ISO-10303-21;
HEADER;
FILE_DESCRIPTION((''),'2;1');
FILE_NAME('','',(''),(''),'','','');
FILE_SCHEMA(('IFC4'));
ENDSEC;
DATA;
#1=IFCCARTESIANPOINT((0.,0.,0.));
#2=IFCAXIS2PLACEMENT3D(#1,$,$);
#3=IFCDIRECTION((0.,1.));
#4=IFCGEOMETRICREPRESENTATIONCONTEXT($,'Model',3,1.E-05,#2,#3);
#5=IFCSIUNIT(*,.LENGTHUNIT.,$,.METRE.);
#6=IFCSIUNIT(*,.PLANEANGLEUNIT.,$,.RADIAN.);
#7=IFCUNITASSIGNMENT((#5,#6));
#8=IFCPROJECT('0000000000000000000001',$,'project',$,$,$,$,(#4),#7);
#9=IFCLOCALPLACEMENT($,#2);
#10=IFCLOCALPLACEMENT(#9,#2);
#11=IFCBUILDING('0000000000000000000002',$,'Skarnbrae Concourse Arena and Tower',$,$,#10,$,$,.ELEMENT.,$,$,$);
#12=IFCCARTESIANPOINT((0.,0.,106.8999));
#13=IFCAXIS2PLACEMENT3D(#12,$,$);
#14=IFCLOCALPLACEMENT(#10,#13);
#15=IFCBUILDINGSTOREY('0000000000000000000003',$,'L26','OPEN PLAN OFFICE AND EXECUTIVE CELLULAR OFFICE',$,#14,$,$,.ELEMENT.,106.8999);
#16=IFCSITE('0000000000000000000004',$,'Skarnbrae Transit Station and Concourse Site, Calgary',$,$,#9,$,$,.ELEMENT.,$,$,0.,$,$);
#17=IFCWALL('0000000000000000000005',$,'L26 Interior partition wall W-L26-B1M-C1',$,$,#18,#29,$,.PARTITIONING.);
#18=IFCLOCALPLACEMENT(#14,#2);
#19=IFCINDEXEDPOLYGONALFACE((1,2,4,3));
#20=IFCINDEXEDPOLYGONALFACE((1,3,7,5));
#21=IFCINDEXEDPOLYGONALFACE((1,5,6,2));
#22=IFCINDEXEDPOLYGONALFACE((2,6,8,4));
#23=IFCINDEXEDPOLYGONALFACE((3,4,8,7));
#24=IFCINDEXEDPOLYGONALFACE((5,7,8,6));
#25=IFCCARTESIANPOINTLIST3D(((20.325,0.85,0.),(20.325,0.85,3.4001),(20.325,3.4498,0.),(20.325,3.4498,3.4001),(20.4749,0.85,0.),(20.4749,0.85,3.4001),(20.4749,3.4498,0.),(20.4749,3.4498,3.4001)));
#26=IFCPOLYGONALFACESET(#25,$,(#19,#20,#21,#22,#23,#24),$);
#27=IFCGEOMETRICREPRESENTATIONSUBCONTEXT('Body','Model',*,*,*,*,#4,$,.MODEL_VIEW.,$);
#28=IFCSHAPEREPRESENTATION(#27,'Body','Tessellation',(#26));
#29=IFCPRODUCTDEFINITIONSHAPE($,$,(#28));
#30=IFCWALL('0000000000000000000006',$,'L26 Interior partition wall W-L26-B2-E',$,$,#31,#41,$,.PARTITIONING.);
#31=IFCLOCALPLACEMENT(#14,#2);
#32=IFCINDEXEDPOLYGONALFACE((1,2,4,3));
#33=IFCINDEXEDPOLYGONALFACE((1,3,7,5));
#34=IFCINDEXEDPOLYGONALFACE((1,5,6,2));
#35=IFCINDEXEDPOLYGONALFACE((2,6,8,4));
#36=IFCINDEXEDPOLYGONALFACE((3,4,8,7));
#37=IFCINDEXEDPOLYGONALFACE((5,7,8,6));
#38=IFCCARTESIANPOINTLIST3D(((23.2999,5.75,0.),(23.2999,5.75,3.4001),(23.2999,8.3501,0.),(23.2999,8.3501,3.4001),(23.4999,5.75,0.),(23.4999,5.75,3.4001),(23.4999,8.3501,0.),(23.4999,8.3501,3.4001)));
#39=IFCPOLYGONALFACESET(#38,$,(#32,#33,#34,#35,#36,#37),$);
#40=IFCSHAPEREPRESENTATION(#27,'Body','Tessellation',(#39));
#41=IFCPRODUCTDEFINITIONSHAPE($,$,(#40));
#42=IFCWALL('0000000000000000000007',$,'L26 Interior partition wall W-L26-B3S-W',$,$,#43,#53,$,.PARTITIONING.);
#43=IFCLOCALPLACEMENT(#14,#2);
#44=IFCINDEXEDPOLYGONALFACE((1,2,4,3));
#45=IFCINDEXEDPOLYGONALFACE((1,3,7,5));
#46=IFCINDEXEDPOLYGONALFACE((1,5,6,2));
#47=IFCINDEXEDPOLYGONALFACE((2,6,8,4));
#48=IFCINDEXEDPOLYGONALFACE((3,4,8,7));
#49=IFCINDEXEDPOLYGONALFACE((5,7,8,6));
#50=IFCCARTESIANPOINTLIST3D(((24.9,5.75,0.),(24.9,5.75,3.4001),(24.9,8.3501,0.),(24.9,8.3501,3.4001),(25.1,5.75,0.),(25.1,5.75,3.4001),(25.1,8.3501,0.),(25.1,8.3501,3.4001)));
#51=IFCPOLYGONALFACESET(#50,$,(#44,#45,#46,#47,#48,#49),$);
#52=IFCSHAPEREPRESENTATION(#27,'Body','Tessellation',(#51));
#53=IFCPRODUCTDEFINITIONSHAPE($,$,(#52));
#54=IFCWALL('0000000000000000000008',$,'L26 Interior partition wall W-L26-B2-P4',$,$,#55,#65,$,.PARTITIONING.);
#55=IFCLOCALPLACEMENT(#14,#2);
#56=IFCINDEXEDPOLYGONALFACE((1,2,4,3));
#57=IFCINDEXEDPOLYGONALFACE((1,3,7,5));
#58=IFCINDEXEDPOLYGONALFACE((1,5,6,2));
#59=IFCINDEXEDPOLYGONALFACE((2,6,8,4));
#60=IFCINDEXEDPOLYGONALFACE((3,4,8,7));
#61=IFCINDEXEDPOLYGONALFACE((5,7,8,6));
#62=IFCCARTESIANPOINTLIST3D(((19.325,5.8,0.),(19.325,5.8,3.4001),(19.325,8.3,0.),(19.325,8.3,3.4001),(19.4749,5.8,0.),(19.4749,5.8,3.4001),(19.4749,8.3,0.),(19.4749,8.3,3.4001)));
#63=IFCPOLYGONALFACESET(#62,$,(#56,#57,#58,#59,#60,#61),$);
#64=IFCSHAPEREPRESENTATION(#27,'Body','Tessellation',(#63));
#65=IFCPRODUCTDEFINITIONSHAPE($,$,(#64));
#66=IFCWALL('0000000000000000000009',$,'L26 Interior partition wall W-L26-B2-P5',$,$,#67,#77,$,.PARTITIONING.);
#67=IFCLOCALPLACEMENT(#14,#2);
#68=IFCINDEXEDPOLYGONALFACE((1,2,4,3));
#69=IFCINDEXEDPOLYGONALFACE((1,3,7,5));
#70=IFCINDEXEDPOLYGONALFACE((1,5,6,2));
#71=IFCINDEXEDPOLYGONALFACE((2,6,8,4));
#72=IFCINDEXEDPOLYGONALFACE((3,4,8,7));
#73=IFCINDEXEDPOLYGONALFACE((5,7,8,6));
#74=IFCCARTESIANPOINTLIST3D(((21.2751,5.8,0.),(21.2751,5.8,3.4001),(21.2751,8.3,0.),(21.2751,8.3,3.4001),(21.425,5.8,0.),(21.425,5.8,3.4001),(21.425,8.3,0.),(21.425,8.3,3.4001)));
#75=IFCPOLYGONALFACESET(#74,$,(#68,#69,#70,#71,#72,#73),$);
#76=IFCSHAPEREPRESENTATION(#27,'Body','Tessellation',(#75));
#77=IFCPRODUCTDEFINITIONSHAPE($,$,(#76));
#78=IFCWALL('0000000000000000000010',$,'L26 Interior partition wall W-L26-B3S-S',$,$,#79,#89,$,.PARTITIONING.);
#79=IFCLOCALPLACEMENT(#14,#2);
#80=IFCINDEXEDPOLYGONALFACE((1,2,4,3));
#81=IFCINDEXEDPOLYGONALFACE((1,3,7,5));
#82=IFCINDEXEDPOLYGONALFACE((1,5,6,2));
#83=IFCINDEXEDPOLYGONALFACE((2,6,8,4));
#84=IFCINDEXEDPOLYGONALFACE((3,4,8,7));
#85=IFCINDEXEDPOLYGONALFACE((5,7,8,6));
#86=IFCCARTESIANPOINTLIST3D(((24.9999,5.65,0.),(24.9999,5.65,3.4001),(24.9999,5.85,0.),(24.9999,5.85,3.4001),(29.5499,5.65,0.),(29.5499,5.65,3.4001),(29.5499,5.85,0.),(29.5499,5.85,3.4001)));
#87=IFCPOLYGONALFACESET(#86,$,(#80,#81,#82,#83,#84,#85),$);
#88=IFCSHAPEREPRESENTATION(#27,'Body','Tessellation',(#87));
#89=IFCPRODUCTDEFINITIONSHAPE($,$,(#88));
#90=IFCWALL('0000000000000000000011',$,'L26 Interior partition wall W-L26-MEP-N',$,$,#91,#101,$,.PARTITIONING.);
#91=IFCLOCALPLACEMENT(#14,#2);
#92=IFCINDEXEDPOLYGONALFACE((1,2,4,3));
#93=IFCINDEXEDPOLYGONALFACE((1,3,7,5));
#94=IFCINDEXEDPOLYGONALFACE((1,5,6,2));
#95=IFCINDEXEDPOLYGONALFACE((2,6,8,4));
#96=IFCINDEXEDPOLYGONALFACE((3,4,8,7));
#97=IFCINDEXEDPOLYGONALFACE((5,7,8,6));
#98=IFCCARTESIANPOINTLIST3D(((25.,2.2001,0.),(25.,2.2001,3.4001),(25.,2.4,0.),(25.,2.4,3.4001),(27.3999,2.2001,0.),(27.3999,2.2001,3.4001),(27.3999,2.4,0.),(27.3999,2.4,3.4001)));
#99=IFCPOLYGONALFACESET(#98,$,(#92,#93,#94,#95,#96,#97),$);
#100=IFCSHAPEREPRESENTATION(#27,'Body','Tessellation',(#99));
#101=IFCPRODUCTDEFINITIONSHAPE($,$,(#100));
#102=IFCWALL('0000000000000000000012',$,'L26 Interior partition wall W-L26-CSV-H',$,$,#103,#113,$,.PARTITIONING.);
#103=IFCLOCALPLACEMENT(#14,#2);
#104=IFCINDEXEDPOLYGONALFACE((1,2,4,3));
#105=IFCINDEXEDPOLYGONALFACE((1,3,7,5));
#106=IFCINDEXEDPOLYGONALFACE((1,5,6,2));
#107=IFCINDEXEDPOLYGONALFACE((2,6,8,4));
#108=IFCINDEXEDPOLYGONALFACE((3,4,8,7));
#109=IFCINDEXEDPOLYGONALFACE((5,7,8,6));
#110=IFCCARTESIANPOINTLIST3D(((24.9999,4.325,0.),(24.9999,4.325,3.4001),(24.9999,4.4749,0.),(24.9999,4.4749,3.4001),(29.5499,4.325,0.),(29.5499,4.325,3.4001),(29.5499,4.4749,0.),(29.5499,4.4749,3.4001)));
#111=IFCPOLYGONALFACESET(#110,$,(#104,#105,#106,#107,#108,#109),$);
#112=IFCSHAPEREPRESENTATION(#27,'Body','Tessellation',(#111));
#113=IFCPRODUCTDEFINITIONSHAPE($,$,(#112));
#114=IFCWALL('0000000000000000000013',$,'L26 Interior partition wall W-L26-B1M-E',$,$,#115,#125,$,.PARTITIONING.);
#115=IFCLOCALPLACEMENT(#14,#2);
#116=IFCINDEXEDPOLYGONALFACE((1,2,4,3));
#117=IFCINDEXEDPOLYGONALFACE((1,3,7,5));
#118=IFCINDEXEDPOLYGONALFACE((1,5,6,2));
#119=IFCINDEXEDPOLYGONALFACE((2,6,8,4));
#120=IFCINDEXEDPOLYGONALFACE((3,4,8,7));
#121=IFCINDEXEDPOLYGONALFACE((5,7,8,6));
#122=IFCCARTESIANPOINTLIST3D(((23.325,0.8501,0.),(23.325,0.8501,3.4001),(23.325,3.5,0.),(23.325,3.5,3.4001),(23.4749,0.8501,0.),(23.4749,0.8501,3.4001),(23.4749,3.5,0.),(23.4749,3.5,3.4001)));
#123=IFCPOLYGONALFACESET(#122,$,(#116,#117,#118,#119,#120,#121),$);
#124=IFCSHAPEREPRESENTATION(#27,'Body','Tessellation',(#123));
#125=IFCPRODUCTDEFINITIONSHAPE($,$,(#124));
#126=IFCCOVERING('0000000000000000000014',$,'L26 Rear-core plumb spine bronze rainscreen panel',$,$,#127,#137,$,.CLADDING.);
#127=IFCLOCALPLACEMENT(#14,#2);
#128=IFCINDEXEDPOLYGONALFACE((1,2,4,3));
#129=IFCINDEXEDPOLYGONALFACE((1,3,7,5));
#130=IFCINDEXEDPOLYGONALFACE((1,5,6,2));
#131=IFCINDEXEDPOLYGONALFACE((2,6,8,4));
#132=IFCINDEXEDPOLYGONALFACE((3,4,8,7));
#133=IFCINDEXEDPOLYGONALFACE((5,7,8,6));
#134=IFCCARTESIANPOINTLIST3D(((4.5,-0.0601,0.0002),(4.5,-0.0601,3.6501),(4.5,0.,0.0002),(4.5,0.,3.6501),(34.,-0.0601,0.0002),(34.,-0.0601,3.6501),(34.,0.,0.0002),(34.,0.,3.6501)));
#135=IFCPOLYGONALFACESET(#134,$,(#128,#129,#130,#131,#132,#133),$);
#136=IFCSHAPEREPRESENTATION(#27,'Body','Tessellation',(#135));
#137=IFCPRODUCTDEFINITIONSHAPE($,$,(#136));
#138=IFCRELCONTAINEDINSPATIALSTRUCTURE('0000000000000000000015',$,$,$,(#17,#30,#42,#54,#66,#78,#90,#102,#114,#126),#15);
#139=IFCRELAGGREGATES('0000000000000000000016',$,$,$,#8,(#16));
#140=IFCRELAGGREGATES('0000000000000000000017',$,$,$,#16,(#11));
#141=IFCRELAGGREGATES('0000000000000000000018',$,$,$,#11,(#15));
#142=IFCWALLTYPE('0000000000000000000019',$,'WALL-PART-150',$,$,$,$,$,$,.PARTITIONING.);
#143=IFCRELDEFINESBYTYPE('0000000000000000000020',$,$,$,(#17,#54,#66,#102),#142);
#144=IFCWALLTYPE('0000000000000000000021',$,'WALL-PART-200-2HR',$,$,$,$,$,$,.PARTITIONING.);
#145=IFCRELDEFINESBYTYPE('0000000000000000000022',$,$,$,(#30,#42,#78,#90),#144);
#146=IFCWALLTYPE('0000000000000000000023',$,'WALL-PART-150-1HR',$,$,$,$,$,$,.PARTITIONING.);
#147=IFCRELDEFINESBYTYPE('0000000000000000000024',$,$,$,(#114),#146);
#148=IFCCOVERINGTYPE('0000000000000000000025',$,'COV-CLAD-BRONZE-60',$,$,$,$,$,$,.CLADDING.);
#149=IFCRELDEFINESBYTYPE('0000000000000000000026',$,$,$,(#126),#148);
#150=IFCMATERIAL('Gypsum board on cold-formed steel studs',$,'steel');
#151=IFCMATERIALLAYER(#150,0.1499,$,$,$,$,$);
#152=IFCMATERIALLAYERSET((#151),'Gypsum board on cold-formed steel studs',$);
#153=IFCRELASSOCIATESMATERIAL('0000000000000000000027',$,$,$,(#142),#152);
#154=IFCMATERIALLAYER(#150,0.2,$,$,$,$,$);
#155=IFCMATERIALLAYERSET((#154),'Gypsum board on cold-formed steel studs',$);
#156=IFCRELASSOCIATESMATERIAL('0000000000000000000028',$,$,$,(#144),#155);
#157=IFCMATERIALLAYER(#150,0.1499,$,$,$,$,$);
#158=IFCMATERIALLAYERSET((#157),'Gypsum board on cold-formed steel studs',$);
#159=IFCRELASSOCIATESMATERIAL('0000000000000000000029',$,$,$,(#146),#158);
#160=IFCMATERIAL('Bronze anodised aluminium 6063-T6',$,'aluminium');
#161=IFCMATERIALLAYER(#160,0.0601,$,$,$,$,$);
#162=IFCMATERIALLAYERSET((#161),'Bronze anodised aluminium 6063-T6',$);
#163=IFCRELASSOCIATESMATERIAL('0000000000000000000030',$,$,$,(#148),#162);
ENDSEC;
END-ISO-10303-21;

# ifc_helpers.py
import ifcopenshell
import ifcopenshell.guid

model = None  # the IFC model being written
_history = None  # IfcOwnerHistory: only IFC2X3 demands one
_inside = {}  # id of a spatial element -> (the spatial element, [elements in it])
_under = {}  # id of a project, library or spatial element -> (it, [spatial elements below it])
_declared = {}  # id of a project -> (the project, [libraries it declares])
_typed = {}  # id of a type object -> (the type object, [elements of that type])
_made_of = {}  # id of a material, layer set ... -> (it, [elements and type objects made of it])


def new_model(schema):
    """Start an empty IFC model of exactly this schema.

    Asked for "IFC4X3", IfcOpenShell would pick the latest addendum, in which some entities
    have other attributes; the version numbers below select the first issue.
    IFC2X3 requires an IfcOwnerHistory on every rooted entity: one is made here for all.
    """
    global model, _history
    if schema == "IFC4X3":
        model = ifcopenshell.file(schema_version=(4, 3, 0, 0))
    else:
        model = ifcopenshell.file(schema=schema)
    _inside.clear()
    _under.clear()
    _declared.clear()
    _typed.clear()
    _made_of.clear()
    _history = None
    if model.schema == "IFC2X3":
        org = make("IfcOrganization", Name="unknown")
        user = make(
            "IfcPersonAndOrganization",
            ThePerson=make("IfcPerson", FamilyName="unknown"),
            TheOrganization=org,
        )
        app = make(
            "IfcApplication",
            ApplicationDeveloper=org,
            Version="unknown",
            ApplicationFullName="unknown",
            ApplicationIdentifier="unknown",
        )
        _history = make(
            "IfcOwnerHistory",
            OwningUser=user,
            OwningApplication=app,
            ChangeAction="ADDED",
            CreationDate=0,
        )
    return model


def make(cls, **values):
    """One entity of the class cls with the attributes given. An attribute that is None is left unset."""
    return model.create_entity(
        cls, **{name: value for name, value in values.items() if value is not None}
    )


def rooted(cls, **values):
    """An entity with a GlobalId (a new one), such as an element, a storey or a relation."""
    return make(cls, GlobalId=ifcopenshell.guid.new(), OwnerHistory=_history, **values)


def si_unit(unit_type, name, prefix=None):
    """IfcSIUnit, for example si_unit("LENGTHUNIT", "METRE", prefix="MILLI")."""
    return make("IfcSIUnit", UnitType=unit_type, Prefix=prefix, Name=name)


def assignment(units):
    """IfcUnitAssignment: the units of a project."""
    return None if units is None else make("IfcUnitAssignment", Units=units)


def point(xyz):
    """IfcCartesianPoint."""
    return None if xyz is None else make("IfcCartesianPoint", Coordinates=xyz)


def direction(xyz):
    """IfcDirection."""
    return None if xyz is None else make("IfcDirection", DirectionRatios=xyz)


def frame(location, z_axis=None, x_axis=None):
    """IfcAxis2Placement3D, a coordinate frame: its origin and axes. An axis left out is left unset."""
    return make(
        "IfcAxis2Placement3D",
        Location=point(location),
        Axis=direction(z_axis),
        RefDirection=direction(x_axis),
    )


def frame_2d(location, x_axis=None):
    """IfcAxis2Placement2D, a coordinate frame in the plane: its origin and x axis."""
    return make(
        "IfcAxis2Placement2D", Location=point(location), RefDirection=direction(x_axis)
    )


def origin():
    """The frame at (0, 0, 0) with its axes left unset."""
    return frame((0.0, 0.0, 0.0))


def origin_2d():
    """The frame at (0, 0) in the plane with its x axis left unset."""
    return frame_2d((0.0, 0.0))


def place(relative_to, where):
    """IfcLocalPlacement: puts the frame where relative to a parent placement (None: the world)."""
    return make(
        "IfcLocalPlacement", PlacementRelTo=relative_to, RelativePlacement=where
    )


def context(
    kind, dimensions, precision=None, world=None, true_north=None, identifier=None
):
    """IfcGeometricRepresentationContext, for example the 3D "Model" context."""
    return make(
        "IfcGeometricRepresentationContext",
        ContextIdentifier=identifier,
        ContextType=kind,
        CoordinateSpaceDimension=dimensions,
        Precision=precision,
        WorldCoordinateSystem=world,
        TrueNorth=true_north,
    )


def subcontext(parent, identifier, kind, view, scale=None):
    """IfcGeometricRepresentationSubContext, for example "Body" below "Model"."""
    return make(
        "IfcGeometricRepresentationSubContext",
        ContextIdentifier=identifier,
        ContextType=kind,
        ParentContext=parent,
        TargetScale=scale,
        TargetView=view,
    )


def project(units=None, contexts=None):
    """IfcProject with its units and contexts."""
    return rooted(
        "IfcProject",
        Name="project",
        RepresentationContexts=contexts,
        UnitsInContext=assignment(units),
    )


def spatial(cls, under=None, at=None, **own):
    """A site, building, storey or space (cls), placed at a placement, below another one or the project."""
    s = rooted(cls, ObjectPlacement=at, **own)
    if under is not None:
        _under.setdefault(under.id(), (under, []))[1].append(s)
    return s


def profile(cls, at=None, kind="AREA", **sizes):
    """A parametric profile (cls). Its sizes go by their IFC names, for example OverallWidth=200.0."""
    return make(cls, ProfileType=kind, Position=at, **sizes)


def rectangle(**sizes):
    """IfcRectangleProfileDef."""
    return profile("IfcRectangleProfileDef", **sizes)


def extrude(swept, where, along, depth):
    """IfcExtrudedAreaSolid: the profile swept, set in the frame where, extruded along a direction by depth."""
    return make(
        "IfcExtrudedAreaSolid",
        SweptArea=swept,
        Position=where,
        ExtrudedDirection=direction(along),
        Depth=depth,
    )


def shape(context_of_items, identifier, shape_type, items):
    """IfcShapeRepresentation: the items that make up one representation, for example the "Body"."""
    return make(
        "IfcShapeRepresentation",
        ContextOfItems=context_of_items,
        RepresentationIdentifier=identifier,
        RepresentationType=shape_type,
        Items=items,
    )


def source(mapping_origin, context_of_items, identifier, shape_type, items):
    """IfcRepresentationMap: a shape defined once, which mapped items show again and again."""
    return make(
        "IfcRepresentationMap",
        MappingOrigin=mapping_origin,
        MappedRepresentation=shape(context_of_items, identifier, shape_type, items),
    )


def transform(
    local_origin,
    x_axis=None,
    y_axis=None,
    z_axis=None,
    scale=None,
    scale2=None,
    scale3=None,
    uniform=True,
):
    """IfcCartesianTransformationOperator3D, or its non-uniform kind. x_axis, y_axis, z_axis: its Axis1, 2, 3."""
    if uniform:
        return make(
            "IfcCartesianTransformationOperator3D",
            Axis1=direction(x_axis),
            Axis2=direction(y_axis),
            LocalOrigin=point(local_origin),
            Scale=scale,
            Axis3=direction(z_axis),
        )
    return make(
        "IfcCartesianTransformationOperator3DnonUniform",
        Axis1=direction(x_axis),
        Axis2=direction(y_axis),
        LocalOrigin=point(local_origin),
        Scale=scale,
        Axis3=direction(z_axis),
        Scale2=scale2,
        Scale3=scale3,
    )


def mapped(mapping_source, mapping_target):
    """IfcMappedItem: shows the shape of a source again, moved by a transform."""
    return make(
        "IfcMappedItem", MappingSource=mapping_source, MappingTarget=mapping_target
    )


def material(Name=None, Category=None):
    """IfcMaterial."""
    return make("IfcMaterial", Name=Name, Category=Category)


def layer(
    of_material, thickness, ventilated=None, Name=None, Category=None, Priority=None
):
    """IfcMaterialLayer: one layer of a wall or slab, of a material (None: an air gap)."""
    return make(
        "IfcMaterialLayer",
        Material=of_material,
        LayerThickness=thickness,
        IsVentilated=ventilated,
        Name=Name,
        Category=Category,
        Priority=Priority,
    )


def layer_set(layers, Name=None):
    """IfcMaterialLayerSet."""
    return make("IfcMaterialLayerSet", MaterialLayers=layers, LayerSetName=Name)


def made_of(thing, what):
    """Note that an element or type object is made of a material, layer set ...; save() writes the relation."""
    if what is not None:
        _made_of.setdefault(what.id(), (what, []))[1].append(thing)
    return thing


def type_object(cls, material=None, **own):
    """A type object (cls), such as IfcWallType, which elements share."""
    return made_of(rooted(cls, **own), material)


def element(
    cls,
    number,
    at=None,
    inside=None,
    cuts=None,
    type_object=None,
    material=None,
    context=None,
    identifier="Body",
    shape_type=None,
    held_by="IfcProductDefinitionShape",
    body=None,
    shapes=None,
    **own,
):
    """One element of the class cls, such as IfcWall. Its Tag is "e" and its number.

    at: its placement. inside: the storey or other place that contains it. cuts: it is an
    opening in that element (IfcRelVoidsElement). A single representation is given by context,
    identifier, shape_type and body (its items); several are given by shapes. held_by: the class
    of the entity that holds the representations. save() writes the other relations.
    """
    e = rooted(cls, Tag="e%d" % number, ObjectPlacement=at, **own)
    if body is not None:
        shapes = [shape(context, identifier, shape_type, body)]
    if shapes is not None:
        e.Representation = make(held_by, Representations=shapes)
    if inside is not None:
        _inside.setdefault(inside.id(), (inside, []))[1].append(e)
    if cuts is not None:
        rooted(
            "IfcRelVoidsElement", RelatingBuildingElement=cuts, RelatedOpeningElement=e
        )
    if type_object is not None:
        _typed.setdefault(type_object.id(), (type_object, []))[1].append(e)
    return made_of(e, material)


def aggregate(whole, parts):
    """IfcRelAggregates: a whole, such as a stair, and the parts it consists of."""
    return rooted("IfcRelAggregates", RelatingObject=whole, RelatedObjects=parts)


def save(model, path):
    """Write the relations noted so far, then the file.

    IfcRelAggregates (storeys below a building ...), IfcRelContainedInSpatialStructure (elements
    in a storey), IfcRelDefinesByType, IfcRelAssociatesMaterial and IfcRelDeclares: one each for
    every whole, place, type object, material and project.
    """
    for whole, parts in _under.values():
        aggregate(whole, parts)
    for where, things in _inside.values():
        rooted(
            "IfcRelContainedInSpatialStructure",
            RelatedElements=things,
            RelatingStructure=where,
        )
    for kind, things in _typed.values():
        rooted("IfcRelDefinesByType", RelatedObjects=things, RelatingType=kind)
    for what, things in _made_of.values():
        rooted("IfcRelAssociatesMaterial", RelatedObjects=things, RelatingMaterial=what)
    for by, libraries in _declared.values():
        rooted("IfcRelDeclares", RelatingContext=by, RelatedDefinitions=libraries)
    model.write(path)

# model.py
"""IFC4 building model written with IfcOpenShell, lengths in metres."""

from ifc_helpers import new_model, si_unit, direction, frame, frame_2d, origin, origin_2d, place, context, subcontext, project, spatial, rectangle, extrude, source, transform, mapped, material, layer, layer_set, type_object, element, save


model = new_model("IFC4")

# Units and contexts
model_context = context("Model", 3, precision=1e-05, world=origin(), true_north=direction((0.0, 1.0)))
body_context = subcontext(model_context, "Body", "Model", "MODEL_VIEW")
ifc_project = project(units=[si_unit("LENGTHUNIT", "METRE"), si_unit("PLANEANGLEUNIT", "RADIAN")], contexts=[model_context])

# Site, building, storey
site_placement = place(None, origin())
site = spatial("IfcSite", under=ifc_project, at=site_placement, Name="Skarnbrae Transit Station and Concourse Site, Calgary", CompositionType="ELEMENT", RefElevation=0.0)
building_placement = place(site_placement, origin())
building = spatial("IfcBuilding", under=site, at=building_placement, Name="Skarnbrae Concourse Arena and Tower", CompositionType="ELEMENT")
storey_placement = place(building_placement, frame((0.0, 0.0, 106.8999)))
storey = spatial("IfcBuildingStorey", under=building, at=storey_placement, Name="L26", Description="OPEN PLAN OFFICE AND EXECUTIVE CELLULAR OFFICE", CompositionType="ELEMENT", Elevation=106.8999)

# Walls
ifc_material_1 = material(Name="Gypsum board on cold-formed steel studs", Category="steel")
ifc_layer_1 = layer(ifc_material_1, 0.1499)
ifc_layer_set_1 = layer_set([ifc_layer_1], Name="Gypsum board on cold-formed steel studs")
wall_type_1 = type_object("IfcWallType", Name="WALL-PART-150", PredefinedType="PARTITIONING", material=ifc_layer_set_1)
shared_shape_1 = source(origin(), body_context, "Body", "SweptSolid", [
    extrude(rectangle(XDim=2.5999, YDim=0.1499, at=frame_2d((1.2998, 0.0))), origin(), (0.0, 0.0, 1.0), 3.4001),
])
wall_1_placement = place(storey_placement, frame((20.3999, 0.8501, 0.0), z_axis=(0.0, 0.0, 1.0), x_axis=(0.0, 1.0, 0.0)))
element("IfcWall", 1, at=wall_1_placement, inside=storey, type_object=wall_type_1, Name="L26 Interior partition wall W-L26-B1M-C1", PredefinedType="PARTITIONING", context=body_context, shape_type="MappedRepresentation", body=[
    mapped(shared_shape_1, transform((0.0, 0.0, 0.0))),
])
ifc_layer_2 = layer(ifc_material_1, 0.2)
ifc_layer_set_2 = layer_set([ifc_layer_2], Name="Gypsum board on cold-formed steel studs")
wall_type_2 = type_object("IfcWallType", Name="WALL-PART-200-2HR", PredefinedType="PARTITIONING", material=ifc_layer_set_2)
shared_shape_2 = source(origin(), body_context, "Body", "SweptSolid", [
    extrude(rectangle(XDim=2.6001, YDim=0.2, at=frame_2d((1.3, 0.0))), origin(), (0.0, 0.0, 1.0), 3.4001),
])
for number, where, z_axis, x_axis, name in (
    (2, (23.3999, 5.75, 0.0), (0.0, 0.0, 1.0), (0.0, 1.0, 0.0), "L26 Interior partition wall W-L26-B2-E"),
    (3, (25.0, 5.75, 0.0), (0.0, 0.0, 1.0), (0.0, 1.0, 0.0), "L26 Interior partition wall W-L26-B3S-W"),
):
    element("IfcWall", number, at=place(storey_placement, frame(where, z_axis=z_axis, x_axis=x_axis)), inside=storey, type_object=wall_type_2, Name=name, PredefinedType="PARTITIONING", context=body_context, shape_type="MappedRepresentation", body=[
        mapped(shared_shape_2, transform((0.0, 0.0, 0.0))),
    ])
shared_shape_3 = source(origin(), body_context, "Body", "SweptSolid", [
    extrude(rectangle(XDim=2.5, YDim=0.1499, at=frame_2d((1.25, 0.0))), origin(), (0.0, 0.0, 1.0), 3.4001),
])
for number, where, z_axis, x_axis, name in (
    (4, (19.3999, 5.8, 0.0), (0.0, 0.0, 1.0), (0.0, 1.0, 0.0), "L26 Interior partition wall W-L26-B2-P4"),
    (5, (21.3501, 5.8, 0.0), (0.0, 0.0, 1.0), (0.0, 1.0, 0.0), "L26 Interior partition wall W-L26-B2-P5"),
):
    element("IfcWall", number, at=place(storey_placement, frame(where, z_axis=z_axis, x_axis=x_axis)), inside=storey, type_object=wall_type_1, Name=name, PredefinedType="PARTITIONING", context=body_context, shape_type="MappedRepresentation", body=[
        mapped(shared_shape_3, transform((0.0, 0.0, 0.0))),
    ])
shared_shape_4 = source(origin(), body_context, "Body", "SweptSolid", [
    extrude(rectangle(XDim=4.55, YDim=0.2, at=frame_2d((2.2749, 0.0))), origin(), (0.0, 0.0, 1.0), 3.4001),
])
wall_2_placement = place(storey_placement, frame((25.0, 5.75, 0.0), z_axis=(0.0, 0.0, 1.0), x_axis=(1.0, 0.0, 0.0)))
element("IfcWall", 6, at=wall_2_placement, inside=storey, type_object=wall_type_2, Name="L26 Interior partition wall W-L26-B3S-S", PredefinedType="PARTITIONING", context=body_context, shape_type="MappedRepresentation", body=[
    mapped(shared_shape_4, transform((0.0, 0.0, 0.0))),
])

# Shared definitions
ifc_layer_3 = layer(ifc_material_1, 0.1499)
ifc_layer_set_3 = layer_set([ifc_layer_3], Name="Gypsum board on cold-formed steel studs")
wall_type_3 = type_object("IfcWallType", Name="WALL-PART-150-1HR", PredefinedType="PARTITIONING", material=ifc_layer_set_3)

# Walls
shared_shape_5 = source(origin(), body_context, "Body", "SweptSolid", [
    extrude(rectangle(XDim=2.3999, YDim=0.2, at=frame_2d((1.2, 0.0))), origin(), (0.0, 0.0, 1.0), 3.4001),
])
wall_3_placement = place(storey_placement, frame((25.0, 2.3, 0.0), z_axis=(0.0, 0.0, 1.0), x_axis=(1.0, 0.0, 0.0)))
element("IfcWall", 7, at=wall_3_placement, inside=storey, type_object=wall_type_2, Name="L26 Interior partition wall W-L26-MEP-N", PredefinedType="PARTITIONING", context=body_context, shape_type="MappedRepresentation", body=[
    mapped(shared_shape_5, transform((0.0, 0.0, 0.0))),
])
shared_shape_6 = source(origin(), body_context, "Body", "SweptSolid", [
    extrude(rectangle(XDim=4.55, YDim=0.1499, at=frame_2d((2.2749, 0.0))), origin(), (0.0, 0.0, 1.0), 3.4001),
])
wall_4_placement = place(storey_placement, frame((25.0, 4.3999, 0.0), z_axis=(0.0, 0.0, 1.0), x_axis=(1.0, 0.0, 0.0)))
element("IfcWall", 8, at=wall_4_placement, inside=storey, type_object=wall_type_1, Name="L26 Interior partition wall W-L26-CSV-H", PredefinedType="PARTITIONING", context=body_context, shape_type="MappedRepresentation", body=[
    mapped(shared_shape_6, transform((0.0, 0.0, 0.0))),
])
shared_shape_7 = source(origin(), body_context, "Body", "SweptSolid", [
    extrude(rectangle(XDim=2.6499, YDim=0.1499, at=frame_2d((1.325, 0.0))), origin(), (0.0, 0.0, 1.0), 3.4001),
])
wall_5_placement = place(storey_placement, frame((23.3999, 0.8501, 0.0), z_axis=(0.0, 0.0, 1.0), x_axis=(0.0, 1.0, 0.0)))
element("IfcWall", 9, at=wall_5_placement, inside=storey, type_object=wall_type_3, Name="L26 Interior partition wall W-L26-B1M-E", PredefinedType="PARTITIONING", context=body_context, shape_type="MappedRepresentation", body=[
    mapped(shared_shape_7, transform((0.0, 0.0, 0.0))),
])

# Covering
ifc_material_2 = material(Name="Bronze anodised aluminium 6063-T6", Category="aluminium")
ifc_layer_4 = layer(ifc_material_2, 0.0601)
ifc_layer_set_4 = layer_set([ifc_layer_4], Name="Bronze anodised aluminium 6063-T6")
covering_type = type_object("IfcCoveringType", Name="COV-CLAD-BRONZE-60", PredefinedType="CLADDING", material=ifc_layer_set_4)
shared_shape_8 = source(origin(), body_context, "Body", "SweptSolid", [
    extrude(rectangle(XDim=29.5, YDim=0.0601, at=origin_2d()), origin(), (0.0, 0.0, 1.0), 3.6499),
])
covering_placement = place(storey_placement, frame((19.25, -0.03, 0.0002), z_axis=(0.0, 0.0, 1.0), x_axis=(1.0, 0.0, 0.0)))
element("IfcCovering", 10, at=covering_placement, inside=storey, type_object=covering_type, Name="L26 Rear-core plumb spine bronze rainscreen panel", PredefinedType="CLADDING", context=body_context, shape_type="MappedRepresentation", body=[
    mapped(shared_shape_8, transform((0.0, 0.0, 0.0))),
])

save(model, "model.ifc")
